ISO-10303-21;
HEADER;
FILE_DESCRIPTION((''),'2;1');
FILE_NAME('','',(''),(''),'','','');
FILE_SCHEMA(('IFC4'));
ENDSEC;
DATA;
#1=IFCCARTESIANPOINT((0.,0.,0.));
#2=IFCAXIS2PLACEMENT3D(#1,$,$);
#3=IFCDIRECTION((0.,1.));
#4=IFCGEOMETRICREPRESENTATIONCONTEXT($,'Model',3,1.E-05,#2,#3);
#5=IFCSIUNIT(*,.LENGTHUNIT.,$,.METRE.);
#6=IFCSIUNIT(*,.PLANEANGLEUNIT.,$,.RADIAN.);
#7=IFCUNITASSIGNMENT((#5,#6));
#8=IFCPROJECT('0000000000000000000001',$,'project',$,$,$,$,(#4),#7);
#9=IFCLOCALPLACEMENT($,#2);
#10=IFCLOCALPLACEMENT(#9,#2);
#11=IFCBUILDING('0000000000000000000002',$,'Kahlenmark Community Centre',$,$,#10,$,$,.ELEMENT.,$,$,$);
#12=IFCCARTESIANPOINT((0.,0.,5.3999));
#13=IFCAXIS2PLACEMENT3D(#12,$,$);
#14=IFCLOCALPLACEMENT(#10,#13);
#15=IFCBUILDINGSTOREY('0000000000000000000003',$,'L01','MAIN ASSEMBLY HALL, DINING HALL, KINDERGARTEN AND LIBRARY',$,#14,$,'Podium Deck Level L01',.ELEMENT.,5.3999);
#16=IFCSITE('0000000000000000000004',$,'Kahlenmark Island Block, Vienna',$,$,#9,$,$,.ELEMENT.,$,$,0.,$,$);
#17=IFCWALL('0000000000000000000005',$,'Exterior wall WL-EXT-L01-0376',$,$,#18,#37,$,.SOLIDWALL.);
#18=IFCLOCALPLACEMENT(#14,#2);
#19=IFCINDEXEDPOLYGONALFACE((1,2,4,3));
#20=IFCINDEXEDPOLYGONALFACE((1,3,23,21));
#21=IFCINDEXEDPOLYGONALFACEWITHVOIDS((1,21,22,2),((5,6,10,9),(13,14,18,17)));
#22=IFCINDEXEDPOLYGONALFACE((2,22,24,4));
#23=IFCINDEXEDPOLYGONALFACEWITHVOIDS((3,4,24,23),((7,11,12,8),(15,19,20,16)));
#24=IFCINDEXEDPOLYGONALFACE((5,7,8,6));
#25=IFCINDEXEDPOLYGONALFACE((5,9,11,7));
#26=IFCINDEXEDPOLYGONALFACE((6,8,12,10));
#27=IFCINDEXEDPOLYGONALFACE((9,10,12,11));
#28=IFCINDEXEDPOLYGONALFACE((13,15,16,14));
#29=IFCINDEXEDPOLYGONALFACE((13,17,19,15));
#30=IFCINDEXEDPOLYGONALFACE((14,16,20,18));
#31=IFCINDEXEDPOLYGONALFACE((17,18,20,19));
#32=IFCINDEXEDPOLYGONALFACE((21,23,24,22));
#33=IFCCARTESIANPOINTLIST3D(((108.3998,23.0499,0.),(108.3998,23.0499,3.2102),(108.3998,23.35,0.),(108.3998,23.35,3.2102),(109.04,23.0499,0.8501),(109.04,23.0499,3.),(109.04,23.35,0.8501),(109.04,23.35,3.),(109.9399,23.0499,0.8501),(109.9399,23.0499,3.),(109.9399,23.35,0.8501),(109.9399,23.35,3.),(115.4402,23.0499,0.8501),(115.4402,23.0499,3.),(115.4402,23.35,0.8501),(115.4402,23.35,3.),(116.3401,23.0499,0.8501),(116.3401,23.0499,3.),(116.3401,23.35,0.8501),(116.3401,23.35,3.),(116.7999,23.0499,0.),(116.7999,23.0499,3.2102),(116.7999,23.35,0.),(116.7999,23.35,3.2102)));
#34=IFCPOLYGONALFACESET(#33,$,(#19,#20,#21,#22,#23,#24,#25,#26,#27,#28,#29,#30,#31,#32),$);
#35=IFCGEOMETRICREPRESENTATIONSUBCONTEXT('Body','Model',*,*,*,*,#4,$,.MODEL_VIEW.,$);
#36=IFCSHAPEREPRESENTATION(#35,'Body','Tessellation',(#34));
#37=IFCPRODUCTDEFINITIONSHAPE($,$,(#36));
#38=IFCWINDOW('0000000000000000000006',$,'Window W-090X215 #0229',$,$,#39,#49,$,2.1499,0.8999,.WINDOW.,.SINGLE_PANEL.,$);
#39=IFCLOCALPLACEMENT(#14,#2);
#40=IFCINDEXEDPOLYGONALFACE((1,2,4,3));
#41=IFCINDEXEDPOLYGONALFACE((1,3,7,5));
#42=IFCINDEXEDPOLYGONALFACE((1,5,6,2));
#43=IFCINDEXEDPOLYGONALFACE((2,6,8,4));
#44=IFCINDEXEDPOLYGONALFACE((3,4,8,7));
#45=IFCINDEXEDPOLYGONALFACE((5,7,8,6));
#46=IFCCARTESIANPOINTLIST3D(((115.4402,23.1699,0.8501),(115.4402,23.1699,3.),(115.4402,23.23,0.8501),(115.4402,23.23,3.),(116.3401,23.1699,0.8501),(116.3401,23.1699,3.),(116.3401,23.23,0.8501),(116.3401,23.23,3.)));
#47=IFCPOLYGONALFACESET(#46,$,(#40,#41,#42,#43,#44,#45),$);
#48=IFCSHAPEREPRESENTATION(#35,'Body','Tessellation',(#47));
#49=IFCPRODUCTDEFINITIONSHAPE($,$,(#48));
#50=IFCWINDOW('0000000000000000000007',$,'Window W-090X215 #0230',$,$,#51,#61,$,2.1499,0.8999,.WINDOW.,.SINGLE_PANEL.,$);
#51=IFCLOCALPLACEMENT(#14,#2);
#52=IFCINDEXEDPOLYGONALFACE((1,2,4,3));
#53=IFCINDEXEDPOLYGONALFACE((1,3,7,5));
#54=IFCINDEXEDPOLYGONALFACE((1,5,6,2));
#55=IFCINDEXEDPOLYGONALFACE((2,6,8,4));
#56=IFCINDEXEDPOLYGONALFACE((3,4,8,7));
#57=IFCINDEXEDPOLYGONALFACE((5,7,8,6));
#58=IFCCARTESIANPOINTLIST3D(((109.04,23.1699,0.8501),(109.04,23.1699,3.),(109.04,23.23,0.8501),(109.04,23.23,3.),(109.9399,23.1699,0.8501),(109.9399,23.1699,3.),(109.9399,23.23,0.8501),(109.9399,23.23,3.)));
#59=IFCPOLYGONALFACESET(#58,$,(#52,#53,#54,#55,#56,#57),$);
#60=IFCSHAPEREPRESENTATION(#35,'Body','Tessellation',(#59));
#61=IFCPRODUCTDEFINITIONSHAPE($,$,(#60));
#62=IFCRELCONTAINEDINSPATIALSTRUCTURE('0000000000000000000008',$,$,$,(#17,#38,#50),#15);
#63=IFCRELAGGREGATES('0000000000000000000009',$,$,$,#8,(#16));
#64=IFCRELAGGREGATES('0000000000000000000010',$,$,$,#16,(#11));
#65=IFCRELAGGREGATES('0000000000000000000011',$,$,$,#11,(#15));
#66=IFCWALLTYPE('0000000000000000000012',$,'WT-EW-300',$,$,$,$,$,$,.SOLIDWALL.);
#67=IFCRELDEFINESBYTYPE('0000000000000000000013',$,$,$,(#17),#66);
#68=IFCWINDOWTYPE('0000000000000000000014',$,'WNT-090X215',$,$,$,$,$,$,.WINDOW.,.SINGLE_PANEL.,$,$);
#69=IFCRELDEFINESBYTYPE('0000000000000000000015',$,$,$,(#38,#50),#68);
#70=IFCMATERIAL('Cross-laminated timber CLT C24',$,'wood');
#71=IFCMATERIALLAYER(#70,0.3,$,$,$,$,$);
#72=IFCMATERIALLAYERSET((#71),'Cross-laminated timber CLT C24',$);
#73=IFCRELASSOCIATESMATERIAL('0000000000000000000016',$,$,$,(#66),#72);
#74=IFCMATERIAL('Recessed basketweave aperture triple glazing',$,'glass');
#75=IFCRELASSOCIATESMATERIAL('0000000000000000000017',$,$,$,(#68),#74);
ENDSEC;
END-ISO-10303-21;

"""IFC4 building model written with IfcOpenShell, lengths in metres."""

from ifc_helpers import new_model, si_unit, direction, frame, frame_2d, origin, place, context, subcontext, project, spatial, rectangle, extrude, material, layer, layer_set, type_object, element, fill, save


model = new_model("IFC4")

# Units and contexts
model_context = context("Model", 3, precision=1e-05, world=origin(), true_north=direction((0.0, 1.0)))
body_context = subcontext(model_context, "Body", "Model", "MODEL_VIEW")
ifc_project = project(units=[si_unit("LENGTHUNIT", "METRE"), si_unit("PLANEANGLEUNIT", "RADIAN")], contexts=[model_context])

# Site, building, storey
site_placement = place(None, origin())
site = spatial("IfcSite", under=ifc_project, at=site_placement, Name="Kahlenmark Island Block, Vienna", CompositionType="ELEMENT", RefElevation=0.0)
building_placement = place(site_placement, origin())
building = spatial("IfcBuilding", under=site, at=building_placement, Name="Kahlenmark Community Centre", CompositionType="ELEMENT")
storey_placement = place(building_placement, frame((0.0, 0.0, 5.3999)))
storey = spatial("IfcBuildingStorey", under=building, at=storey_placement, Name="L01", Description="MAIN ASSEMBLY HALL, DINING HALL, KINDERGARTEN AND LIBRARY", LongName="Podium Deck Level L01", CompositionType="ELEMENT", Elevation=5.3999)

# Wall, openings, windows
ifc_material_1 = material(Name="Cross-laminated timber CLT C24", Category="wood")
ifc_layer_1 = layer(ifc_material_1, 0.3)
ifc_layer_set_1 = layer_set([ifc_layer_1], Name="Cross-laminated timber CLT C24")
wall_type = type_object("IfcWallType", Name="WT-EW-300", PredefinedType="SOLIDWALL", material=ifc_layer_set_1)
wall_placement = place(storey_placement, frame((116.8, 23.2, 0.0), z_axis=(0.0, 0.0, 1.0), x_axis=(-1.0, 0.0, 0.0)))
wall = element("IfcWall", 1, at=wall_placement, inside=storey, type_object=wall_type, Name="Exterior wall WL-EXT-L01-0376", PredefinedType="SOLIDWALL", context=body_context, shape_type="SweptSolid", body=[
    extrude(rectangle(XDim=8.4001, YDim=0.3, at=frame_2d((4.2002, 0.0))), origin(), (0.0, 0.0, 1.0), 3.2102),
])
opening_1_placement = place(wall_placement, frame((0.46, 0.0, 0.8501)))
opening_1 = element("IfcOpeningElement", 2, at=opening_1_placement, cuts=wall, PredefinedType="OPENING", context=body_context, shape_type="SweptSolid", body=[
    extrude(rectangle(XDim=0.8999, YDim=2.1499, at=frame_2d((0.45, 1.075))), frame((0.0, 0.1599, 0.0), z_axis=(0.0, -1.0, 0.0), x_axis=(1.0, 0.0, 0.0)), (0.0, 0.0, 1.0), 0.3201),
])
opening_2_placement = place(wall_placement, frame((6.8601, 0.0, 0.8501)))
opening_2 = element("IfcOpeningElement", 3, at=opening_2_placement, cuts=wall, PredefinedType="OPENING", context=body_context, shape_type="SweptSolid", body=[
    extrude(rectangle(XDim=0.8999, YDim=2.1499, at=frame_2d((0.45, 1.075))), frame((0.0, 0.1599, 0.0), z_axis=(0.0, -1.0, 0.0), x_axis=(1.0, 0.0, 0.0)), (0.0, 0.0, 1.0), 0.3201),
])
ifc_material_2 = material(Name="Recessed basketweave aperture triple glazing", Category="glass")
window_type = type_object("IfcWindowType", Name="WNT-090X215", PartitioningType="SINGLE_PANEL", PredefinedType="WINDOW", material=ifc_material_2)
window_1_placement = place(opening_1_placement, origin())
window_1 = element("IfcWindow", 4, at=window_1_placement, inside=storey, type_object=window_type, Name="Window W-090X215 #0229", OverallHeight=2.1499, OverallWidth=0.8999, PartitioningType="SINGLE_PANEL", PredefinedType="WINDOW", context=body_context, shape_type="SweptSolid", body=[
    extrude(rectangle(XDim=0.8999, YDim=2.1499, at=frame_2d((0.45, 1.075))), frame((0.0, 0.03, 0.0), z_axis=(0.0, -1.0, 0.0), x_axis=(1.0, 0.0, 0.0)), (0.0, 0.0, 1.0), 0.0601),
])
fill(opening_1, window_1)
window_2_placement = place(opening_2_placement, origin())
window_2 = element("IfcWindow", 5, at=window_2_placement, inside=storey, type_object=window_type, Name="Window W-090X215 #0230", OverallHeight=2.1499, OverallWidth=0.8999, PartitioningType="SINGLE_PANEL", PredefinedType="WINDOW", context=body_context, shape_type="SweptSolid", body=[
    extrude(rectangle(XDim=0.8999, YDim=2.1499, at=frame_2d((0.45, 1.075))), frame((0.0, 0.03, 0.0), z_axis=(0.0, -1.0, 0.0), x_axis=(1.0, 0.0, 0.0)), (0.0, 0.0, 1.0), 0.0601),
])
fill(opening_2, window_2)

save(model, "model.ifc")
